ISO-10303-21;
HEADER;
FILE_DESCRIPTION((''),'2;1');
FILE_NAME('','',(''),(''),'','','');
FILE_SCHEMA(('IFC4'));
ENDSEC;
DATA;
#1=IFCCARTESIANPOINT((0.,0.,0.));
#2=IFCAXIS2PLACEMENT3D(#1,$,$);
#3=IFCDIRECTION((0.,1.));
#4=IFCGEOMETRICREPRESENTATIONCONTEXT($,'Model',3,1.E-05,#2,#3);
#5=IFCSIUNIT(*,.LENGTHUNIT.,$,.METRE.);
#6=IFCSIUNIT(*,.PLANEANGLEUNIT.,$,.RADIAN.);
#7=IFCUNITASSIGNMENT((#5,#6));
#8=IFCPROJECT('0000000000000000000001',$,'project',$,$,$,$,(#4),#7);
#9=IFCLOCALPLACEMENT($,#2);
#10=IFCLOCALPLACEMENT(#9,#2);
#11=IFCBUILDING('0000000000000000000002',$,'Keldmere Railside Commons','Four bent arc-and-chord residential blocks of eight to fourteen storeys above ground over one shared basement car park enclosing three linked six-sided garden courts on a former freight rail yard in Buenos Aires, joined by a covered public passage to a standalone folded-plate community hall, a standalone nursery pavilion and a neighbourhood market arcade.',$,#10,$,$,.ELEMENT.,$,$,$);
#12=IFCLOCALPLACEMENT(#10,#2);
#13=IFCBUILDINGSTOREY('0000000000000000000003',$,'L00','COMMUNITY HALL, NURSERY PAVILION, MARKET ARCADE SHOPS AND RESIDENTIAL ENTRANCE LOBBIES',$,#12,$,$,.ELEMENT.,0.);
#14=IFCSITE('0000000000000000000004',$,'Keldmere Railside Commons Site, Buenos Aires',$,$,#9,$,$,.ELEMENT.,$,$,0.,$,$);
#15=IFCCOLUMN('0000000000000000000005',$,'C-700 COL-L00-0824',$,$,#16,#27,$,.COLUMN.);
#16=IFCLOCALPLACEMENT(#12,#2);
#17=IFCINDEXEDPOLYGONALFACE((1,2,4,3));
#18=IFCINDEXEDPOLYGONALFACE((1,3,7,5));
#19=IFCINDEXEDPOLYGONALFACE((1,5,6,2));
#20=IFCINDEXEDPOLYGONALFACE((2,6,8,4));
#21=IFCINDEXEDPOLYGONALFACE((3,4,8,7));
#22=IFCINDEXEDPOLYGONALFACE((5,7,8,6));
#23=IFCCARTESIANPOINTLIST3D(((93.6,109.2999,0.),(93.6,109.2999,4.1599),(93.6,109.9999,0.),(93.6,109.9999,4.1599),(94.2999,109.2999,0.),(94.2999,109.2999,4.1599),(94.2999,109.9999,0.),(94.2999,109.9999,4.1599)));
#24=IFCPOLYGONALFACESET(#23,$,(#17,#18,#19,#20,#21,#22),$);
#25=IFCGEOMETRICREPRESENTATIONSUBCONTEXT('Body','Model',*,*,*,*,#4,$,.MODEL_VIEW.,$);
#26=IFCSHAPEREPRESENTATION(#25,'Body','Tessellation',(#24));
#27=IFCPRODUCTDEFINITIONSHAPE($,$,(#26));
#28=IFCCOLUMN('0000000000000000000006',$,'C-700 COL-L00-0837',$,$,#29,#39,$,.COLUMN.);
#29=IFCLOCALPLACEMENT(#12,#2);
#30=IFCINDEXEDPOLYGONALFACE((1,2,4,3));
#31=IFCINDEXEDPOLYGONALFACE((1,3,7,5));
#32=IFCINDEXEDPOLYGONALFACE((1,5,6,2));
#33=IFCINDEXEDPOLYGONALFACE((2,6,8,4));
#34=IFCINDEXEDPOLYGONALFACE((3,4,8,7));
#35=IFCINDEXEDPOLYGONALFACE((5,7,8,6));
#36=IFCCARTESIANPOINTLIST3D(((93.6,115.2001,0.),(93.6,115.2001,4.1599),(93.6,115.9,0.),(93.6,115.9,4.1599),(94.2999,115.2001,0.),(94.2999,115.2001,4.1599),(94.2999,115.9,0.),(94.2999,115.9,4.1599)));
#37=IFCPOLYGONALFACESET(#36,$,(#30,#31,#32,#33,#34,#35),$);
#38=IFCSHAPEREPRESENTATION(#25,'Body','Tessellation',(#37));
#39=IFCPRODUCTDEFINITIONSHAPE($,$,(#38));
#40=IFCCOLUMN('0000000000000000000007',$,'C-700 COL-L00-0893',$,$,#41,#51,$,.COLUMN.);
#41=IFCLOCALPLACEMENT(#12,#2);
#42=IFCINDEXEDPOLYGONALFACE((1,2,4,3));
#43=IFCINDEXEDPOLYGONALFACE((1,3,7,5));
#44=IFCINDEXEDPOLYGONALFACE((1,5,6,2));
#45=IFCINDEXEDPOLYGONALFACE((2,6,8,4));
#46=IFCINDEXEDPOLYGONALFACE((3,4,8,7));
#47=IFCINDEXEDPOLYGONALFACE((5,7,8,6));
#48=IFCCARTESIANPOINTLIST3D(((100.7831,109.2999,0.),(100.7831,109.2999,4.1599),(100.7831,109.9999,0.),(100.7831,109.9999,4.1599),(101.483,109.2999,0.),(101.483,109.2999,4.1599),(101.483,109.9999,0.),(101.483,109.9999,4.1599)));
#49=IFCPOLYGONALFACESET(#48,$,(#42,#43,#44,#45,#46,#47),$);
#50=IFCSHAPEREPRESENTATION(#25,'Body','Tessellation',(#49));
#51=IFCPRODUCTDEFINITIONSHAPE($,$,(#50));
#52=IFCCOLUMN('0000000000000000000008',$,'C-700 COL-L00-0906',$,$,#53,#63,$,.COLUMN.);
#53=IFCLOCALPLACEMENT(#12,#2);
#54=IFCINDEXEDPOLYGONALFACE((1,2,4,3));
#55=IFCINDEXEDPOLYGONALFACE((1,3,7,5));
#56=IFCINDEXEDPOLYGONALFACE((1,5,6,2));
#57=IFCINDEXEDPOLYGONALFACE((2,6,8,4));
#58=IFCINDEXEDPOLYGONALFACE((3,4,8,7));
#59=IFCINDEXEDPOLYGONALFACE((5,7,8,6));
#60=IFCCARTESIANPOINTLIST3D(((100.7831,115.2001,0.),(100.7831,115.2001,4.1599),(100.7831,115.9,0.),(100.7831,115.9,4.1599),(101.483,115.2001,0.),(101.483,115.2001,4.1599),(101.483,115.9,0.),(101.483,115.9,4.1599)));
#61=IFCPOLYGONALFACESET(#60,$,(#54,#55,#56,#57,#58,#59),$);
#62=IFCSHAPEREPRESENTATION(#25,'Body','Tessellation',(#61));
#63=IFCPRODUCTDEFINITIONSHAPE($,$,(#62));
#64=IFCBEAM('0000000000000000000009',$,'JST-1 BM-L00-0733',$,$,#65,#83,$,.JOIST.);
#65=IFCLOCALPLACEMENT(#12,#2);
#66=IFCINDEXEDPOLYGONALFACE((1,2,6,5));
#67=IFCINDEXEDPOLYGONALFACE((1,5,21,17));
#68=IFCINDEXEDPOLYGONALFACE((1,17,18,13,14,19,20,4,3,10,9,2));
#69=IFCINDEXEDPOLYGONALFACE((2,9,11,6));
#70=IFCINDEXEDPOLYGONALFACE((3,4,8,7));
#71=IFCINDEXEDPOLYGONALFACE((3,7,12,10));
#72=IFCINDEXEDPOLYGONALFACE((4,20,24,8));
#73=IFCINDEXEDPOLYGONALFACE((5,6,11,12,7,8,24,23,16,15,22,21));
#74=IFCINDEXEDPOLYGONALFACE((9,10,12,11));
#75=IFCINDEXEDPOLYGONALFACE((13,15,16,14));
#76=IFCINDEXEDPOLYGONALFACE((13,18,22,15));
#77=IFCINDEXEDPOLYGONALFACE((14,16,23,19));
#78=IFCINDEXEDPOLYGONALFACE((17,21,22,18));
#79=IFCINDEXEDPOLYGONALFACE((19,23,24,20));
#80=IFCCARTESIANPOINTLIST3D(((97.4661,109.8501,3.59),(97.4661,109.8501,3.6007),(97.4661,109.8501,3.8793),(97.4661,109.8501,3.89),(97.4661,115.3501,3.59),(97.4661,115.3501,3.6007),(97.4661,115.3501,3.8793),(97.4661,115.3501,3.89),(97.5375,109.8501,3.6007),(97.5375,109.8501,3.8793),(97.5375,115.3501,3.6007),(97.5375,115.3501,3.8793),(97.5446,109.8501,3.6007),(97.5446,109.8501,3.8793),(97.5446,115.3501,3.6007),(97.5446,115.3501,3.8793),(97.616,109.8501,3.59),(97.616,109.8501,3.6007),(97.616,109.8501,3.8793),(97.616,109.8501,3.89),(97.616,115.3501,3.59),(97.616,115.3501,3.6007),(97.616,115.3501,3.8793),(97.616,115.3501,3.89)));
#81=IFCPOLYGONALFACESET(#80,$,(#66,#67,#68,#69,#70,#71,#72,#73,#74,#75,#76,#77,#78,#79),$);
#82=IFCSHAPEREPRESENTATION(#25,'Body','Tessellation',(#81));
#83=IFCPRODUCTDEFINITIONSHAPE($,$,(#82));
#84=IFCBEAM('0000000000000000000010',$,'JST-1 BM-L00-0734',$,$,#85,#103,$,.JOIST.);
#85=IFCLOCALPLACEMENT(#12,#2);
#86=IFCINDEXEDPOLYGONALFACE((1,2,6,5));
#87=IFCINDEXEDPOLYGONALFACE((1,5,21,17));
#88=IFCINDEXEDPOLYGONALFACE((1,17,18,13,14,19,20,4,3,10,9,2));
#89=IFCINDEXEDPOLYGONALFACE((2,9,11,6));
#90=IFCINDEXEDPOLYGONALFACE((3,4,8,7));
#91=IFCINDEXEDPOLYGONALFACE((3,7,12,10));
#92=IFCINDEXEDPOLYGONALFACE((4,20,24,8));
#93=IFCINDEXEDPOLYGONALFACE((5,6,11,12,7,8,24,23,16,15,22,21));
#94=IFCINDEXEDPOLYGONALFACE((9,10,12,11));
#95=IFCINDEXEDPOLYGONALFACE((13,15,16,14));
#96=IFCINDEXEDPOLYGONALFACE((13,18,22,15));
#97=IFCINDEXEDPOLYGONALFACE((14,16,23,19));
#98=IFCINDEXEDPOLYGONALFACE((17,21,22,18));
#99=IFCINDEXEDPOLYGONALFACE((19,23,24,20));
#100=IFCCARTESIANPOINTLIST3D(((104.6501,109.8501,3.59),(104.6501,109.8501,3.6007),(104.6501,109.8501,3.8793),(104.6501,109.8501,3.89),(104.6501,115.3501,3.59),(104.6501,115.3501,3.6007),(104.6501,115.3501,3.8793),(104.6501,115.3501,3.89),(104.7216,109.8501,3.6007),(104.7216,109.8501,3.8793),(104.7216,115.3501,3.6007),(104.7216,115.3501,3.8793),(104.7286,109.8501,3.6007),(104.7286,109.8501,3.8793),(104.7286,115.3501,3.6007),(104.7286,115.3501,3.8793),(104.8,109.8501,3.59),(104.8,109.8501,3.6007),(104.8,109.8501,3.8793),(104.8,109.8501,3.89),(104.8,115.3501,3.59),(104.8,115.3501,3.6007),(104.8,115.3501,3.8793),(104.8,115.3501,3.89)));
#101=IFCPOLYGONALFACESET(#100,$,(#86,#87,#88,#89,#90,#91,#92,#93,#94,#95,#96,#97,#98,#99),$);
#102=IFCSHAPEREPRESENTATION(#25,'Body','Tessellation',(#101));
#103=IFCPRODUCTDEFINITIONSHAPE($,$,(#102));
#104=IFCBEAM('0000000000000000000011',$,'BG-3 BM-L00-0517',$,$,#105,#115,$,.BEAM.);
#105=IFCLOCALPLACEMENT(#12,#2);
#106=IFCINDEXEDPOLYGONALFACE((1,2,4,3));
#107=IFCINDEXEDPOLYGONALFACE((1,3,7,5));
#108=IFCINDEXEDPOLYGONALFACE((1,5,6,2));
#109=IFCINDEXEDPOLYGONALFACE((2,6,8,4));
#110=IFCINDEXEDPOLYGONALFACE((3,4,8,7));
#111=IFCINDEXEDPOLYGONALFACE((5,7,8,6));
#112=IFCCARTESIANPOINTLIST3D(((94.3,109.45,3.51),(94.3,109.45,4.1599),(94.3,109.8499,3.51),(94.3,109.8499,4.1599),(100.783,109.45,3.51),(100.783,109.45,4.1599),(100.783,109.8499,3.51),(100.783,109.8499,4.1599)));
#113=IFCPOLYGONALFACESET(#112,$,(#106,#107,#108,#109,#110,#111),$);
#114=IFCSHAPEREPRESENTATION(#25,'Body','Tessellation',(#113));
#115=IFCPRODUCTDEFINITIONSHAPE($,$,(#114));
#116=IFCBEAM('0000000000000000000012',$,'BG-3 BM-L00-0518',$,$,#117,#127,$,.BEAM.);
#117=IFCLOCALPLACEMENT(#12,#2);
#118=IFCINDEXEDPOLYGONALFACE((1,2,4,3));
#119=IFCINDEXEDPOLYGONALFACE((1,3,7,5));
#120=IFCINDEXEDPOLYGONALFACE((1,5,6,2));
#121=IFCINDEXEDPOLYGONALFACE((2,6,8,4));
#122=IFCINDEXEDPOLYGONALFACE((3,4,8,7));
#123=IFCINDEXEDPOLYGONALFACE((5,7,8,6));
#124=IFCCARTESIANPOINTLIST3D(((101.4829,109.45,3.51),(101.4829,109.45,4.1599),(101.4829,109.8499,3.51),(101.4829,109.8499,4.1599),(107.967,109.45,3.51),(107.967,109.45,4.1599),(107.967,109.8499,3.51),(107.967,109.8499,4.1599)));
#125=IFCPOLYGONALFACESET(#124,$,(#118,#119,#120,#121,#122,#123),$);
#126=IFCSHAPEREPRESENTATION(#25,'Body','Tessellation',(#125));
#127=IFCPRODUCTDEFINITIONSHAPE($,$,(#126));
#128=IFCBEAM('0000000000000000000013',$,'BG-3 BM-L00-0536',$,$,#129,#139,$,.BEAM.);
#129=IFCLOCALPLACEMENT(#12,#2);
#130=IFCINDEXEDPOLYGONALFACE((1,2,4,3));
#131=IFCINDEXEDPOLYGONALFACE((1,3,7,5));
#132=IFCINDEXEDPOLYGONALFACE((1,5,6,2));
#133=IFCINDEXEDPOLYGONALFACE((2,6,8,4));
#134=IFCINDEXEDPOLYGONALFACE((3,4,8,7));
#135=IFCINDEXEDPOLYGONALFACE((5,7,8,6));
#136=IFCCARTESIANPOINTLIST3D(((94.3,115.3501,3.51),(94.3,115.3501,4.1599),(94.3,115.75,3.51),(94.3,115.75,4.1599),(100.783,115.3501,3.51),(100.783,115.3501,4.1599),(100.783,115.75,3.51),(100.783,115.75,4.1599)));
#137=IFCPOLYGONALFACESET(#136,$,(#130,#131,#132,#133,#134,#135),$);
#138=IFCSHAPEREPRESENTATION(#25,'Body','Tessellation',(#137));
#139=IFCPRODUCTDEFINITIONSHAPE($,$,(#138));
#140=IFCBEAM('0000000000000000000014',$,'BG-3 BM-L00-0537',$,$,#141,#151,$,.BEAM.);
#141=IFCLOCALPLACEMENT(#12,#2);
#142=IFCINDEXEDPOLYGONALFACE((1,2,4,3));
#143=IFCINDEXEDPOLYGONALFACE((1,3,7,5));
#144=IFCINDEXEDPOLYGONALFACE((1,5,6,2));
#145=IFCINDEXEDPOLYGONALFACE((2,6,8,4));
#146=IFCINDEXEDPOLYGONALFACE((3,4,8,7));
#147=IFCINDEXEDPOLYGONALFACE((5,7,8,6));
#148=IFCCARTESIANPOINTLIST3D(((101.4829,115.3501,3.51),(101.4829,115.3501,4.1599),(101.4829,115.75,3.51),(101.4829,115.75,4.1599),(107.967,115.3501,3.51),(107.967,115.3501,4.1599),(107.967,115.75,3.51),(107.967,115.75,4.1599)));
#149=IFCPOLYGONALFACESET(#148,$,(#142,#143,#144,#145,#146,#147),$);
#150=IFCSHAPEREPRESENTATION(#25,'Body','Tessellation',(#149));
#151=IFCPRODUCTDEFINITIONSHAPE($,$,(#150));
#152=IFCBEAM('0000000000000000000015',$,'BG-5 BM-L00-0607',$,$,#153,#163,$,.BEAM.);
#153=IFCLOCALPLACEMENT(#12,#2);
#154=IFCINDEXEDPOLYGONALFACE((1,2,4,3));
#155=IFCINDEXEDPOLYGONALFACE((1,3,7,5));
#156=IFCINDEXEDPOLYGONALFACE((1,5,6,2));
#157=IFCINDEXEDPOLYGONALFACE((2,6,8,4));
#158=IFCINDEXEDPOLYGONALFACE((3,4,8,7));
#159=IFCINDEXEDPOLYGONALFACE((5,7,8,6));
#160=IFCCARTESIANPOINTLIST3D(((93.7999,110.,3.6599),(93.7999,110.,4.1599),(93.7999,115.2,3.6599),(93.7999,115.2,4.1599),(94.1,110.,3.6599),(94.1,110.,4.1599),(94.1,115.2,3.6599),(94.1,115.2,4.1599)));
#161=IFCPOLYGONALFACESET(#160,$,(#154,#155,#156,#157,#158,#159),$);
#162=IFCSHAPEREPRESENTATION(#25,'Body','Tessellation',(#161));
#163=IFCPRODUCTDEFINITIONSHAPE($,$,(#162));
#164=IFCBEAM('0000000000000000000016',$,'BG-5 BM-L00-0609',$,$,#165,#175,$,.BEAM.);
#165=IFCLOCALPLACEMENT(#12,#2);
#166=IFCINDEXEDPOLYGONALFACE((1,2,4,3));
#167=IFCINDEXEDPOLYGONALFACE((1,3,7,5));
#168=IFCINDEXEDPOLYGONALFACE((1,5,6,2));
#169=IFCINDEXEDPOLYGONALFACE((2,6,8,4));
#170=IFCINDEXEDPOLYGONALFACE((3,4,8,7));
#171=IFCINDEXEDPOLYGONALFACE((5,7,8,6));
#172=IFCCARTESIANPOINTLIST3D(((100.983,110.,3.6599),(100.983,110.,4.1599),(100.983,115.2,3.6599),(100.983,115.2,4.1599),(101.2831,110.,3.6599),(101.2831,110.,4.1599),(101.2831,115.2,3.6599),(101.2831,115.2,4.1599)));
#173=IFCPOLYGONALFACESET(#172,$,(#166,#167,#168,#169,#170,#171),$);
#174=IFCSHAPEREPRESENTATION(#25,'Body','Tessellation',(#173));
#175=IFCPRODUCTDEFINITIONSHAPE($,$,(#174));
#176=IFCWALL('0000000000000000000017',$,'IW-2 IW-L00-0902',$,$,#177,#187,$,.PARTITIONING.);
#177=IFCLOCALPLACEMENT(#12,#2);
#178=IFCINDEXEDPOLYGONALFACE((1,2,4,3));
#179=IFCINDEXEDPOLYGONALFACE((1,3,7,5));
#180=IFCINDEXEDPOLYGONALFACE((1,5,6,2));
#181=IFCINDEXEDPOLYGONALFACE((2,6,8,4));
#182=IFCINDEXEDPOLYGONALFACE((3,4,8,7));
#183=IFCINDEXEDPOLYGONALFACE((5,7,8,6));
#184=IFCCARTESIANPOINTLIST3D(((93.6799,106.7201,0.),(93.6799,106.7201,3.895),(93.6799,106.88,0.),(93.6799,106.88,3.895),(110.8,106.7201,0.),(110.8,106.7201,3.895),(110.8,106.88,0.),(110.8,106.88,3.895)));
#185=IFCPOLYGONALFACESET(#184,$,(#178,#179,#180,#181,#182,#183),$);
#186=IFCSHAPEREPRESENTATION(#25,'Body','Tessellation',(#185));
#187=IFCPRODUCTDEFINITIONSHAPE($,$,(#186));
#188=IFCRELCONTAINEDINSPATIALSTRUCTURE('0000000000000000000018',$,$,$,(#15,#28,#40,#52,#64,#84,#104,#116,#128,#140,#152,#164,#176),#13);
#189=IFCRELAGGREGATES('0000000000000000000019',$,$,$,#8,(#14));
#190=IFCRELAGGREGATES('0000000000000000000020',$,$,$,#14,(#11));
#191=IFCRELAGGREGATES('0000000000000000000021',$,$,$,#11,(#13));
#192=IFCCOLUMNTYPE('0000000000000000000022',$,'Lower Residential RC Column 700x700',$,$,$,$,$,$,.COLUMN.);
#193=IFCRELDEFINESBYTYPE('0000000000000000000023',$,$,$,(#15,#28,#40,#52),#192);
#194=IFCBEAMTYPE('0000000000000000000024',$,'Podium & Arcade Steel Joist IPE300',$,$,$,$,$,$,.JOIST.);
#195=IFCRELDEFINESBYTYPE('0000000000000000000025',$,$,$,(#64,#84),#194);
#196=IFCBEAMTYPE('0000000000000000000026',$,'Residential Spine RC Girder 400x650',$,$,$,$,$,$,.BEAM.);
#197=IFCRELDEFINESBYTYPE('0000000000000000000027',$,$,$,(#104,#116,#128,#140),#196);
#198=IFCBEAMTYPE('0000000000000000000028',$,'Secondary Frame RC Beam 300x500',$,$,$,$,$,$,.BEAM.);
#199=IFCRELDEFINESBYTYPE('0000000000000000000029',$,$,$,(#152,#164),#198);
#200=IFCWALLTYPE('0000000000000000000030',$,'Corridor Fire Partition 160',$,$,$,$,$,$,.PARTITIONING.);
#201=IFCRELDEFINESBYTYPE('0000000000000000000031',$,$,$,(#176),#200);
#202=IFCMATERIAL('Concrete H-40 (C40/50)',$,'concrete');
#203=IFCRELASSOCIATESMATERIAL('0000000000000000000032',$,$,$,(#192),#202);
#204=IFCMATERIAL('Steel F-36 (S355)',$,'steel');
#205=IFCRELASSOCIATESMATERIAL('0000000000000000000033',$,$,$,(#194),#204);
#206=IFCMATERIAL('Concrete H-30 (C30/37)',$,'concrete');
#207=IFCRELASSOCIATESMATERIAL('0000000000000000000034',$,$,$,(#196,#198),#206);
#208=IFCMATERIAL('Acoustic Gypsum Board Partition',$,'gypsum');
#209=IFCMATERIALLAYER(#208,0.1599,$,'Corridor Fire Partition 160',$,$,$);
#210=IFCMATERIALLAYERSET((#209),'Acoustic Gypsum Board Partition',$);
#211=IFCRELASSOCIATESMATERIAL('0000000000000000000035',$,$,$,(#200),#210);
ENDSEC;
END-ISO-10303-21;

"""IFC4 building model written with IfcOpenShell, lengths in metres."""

from ifc_helpers import new_model, si_unit, direction, frame, frame_2d, origin, origin_2d, place, context, subcontext, project, spatial, rectangle, i_section, extrude, material, layer, layer_set, material_profile, profile_set, type_object, element, save


model = new_model("IFC4")

# Units and contexts
model_context = context("Model", 3, precision=1e-05, world=origin(), true_north=direction((0.0, 1.0)))
body_context = subcontext(model_context, "Body", "Model", "MODEL_VIEW")
ifc_project = project(units=[si_unit("LENGTHUNIT", "METRE"), si_unit("PLANEANGLEUNIT", "RADIAN")], contexts=[model_context])

# Site, building, storey
site_placement = place(None, origin())
site = spatial("IfcSite", under=ifc_project, at=site_placement, Name="Keldmere Railside Commons Site, Buenos Aires", CompositionType="ELEMENT", RefElevation=0.0)
building_placement = place(site_placement, origin())
building = spatial("IfcBuilding", under=site, at=building_placement, Name="Keldmere Railside Commons", Description="Four bent arc-and-chord residential blocks of eight to fourteen storeys above ground over one shared basement car park enclosing three linked six-sided garden courts on a former freight rail yard in Buenos Aires, joined by a covered public passage to a standalone folded-plate community hall, a standalone nursery pavilion and a neighbourhood market arcade.", CompositionType="ELEMENT")
storey_placement = place(building_placement, origin())
storey = spatial("IfcBuildingStorey", under=building, at=storey_placement, Name="L00", Description="COMMUNITY HALL, NURSERY PAVILION, MARKET ARCADE SHOPS AND RESIDENTIAL ENTRANCE LOBBIES", CompositionType="ELEMENT", Elevation=0.0)

# Columns
ifc_material_1 = material(Name="Concrete H-40 (C40/50)", Category="concrete")
ifc_material_profile_1 = material_profile(ifc_material_1, rectangle(XDim=0.7, YDim=0.7, at=origin_2d()), Name="RC-700x700")
ifc_profile_set_1 = profile_set([ifc_material_profile_1], Name="Concrete H-40 (C40/50)")
column_type = type_object("IfcColumnType", Name="Lower Residential RC Column 700x700", PredefinedType="COLUMN", material=ifc_profile_set_1)
for number, where, z_axis, x_axis, name in (
    (1, (93.95, 109.6499, 0.0), (0.0, 0.0, 1.0), (1.0, 0.0, 0.0), "C-700 COL-L00-0824"),
    (2, (93.95, 115.55, 0.0), (0.0, 0.0, 1.0), (1.0, 0.0, 0.0), "C-700 COL-L00-0837"),
    (3, (101.1331, 109.6499, 0.0), (0.0, 0.0, 1.0), (1.0, 0.0, 0.0), "C-700 COL-L00-0893"),
    (4, (101.1331, 115.55, 0.0), (0.0, 0.0, 1.0), (1.0, 0.0, 0.0), "C-700 COL-L00-0906"),
):
    element("IfcColumn", number, at=place(storey_placement, frame(where, z_axis=z_axis, x_axis=x_axis)), inside=storey, type_object=column_type, Name=name, PredefinedType="COLUMN", context=body_context, shape_type="SweptSolid", body=[
        extrude(rectangle(XDim=0.7, YDim=0.7, at=origin_2d()), origin(), (0.0, 0.0, 1.0), 4.1599),
    ])

# Beams
ifc_material_2 = material(Name="Steel F-36 (S355)", Category="steel")
ifc_material_profile_2 = material_profile(ifc_material_2, i_section(OverallWidth=0.1499, OverallDepth=0.3, WebThickness=0.0071, FlangeThickness=0.0107, at=origin_2d()), Name="IPE-300")
ifc_profile_set_2 = profile_set([ifc_material_profile_2], Name="Steel F-36 (S355)")
beam_type_1 = type_object("IfcBeamType", Name="Podium & Arcade Steel Joist IPE300", PredefinedType="JOIST", material=ifc_profile_set_2)
for number, where, z_axis, x_axis, name in (
    (5, (97.541, 109.8501, 3.74), (0.0, 1.0, 0.0), (-1.0, 0.0, 0.0), "JST-1 BM-L00-0733"),
    (6, (104.7251, 109.8501, 3.74), (0.0, 1.0, 0.0), (-1.0, 0.0, 0.0), "JST-1 BM-L00-0734"),
):
    element("IfcBeam", number, at=place(storey_placement, frame(where, z_axis=z_axis, x_axis=x_axis)), inside=storey, type_object=beam_type_1, Name=name, PredefinedType="JOIST", context=body_context, shape_type="SweptSolid", body=[
        extrude(i_section(OverallWidth=0.1499, OverallDepth=0.3, WebThickness=0.0071, FlangeThickness=0.0107, at=origin_2d()), origin(), (0.0, 0.0, 1.0), 5.5),
    ])
ifc_material_3 = material(Name="Concrete H-30 (C30/37)", Category="concrete")
ifc_material_profile_3 = material_profile(ifc_material_3, rectangle(XDim=0.3999, YDim=0.6499, at=origin_2d()), Name="RC-400x650")
ifc_profile_set_3 = profile_set([ifc_material_profile_3], Name="Concrete H-30 (C30/37)")
beam_type_2 = type_object("IfcBeamType", Name="Residential Spine RC Girder 400x650", PredefinedType="BEAM", material=ifc_profile_set_3)
beam_1_placement = place(storey_placement, frame((94.3, 109.6499, 3.835), z_axis=(1.0, 0.0, 0.0), x_axis=(0.0, 1.0, 0.0)))
element("IfcBeam", 7, at=beam_1_placement, inside=storey, type_object=beam_type_2, Name="BG-3 BM-L00-0517", PredefinedType="BEAM", context=body_context, shape_type="SweptSolid", body=[
    extrude(rectangle(XDim=0.3999, YDim=0.6499, at=origin_2d()), origin(), (0.0, 0.0, 1.0), 6.4829),
])
beam_2_placement = place(storey_placement, frame((101.4829, 109.6499, 3.835), z_axis=(1.0, 0.0, 0.0), x_axis=(0.0, 1.0, 0.0)))
element("IfcBeam", 8, at=beam_2_placement, inside=storey, type_object=beam_type_2, Name="BG-3 BM-L00-0518", PredefinedType="BEAM", context=body_context, shape_type="SweptSolid", body=[
    extrude(rectangle(XDim=0.3999, YDim=0.6499, at=origin_2d()), origin(), (0.0, 0.0, 1.0), 6.4841),
])
beam_3_placement = place(storey_placement, frame((94.3, 115.55, 3.835), z_axis=(1.0, 0.0, 0.0), x_axis=(0.0, 1.0, 0.0)))
element("IfcBeam", 9, at=beam_3_placement, inside=storey, type_object=beam_type_2, Name="BG-3 BM-L00-0536", PredefinedType="BEAM", context=body_context, shape_type="SweptSolid", body=[
    extrude(rectangle(XDim=0.3999, YDim=0.6499, at=origin_2d()), origin(), (0.0, 0.0, 1.0), 6.4829),
])
beam_4_placement = place(storey_placement, frame((101.4829, 115.55, 3.835), z_axis=(1.0, 0.0, 0.0), x_axis=(0.0, 1.0, 0.0)))
element("IfcBeam", 10, at=beam_4_placement, inside=storey, type_object=beam_type_2, Name="BG-3 BM-L00-0537", PredefinedType="BEAM", context=body_context, shape_type="SweptSolid", body=[
    extrude(rectangle(XDim=0.3999, YDim=0.6499, at=origin_2d()), origin(), (0.0, 0.0, 1.0), 6.4841),
])
ifc_material_profile_4 = material_profile(ifc_material_3, rectangle(XDim=0.3, YDim=0.5, at=origin_2d()), Name="RC-300x500")
ifc_profile_set_4 = profile_set([ifc_material_profile_4], Name="Concrete H-30 (C30/37)")
beam_type_3 = type_object("IfcBeamType", Name="Secondary Frame RC Beam 300x500", PredefinedType="BEAM", material=ifc_profile_set_4)
for number, where, z_axis, x_axis, name in (
    (11, (93.95, 110.0, 3.9099), (0.0, 1.0, 0.0), (-1.0, 0.0, 0.0), "BG-5 BM-L00-0607"),
    (12, (101.1331, 110.0, 3.9099), (0.0, 1.0, 0.0), (-1.0, 0.0, 0.0), "BG-5 BM-L00-0609"),
):
    element("IfcBeam", number, at=place(storey_placement, frame(where, z_axis=z_axis, x_axis=x_axis)), inside=storey, type_object=beam_type_3, Name=name, PredefinedType="BEAM", context=body_context, shape_type="SweptSolid", body=[
        extrude(rectangle(XDim=0.3, YDim=0.5, at=origin_2d()), origin(), (0.0, 0.0, 1.0), 5.2),
    ])

# Wall
ifc_material_4 = material(Name="Acoustic Gypsum Board Partition", Category="gypsum")
ifc_layer_1 = layer(ifc_material_4, 0.1599, Name="Corridor Fire Partition 160")
ifc_layer_set_1 = layer_set([ifc_layer_1], Name="Acoustic Gypsum Board Partition")
wall_type_1 = type_object("IfcWallType", Name="Corridor Fire Partition 160", PredefinedType="PARTITIONING", material=ifc_layer_set_1)
wall_1_placement = place(storey_placement, frame((93.6799, 106.8, 0.0), z_axis=(0.0, 0.0, 1.0), x_axis=(1.0, 0.0, 0.0)))
element("IfcWall", 13, at=wall_1_placement, inside=storey, type_object=wall_type_1, Name="IW-2 IW-L00-0902", PredefinedType="PARTITIONING", context=body_context, shape_type="SweptSolid", body=[
    extrude(rectangle(XDim=17.1201, YDim=0.1599, at=frame_2d((8.5601, 0.0))), origin(), (0.0, 0.0, 1.0), 3.895),
])

save(model, "model.ifc")
